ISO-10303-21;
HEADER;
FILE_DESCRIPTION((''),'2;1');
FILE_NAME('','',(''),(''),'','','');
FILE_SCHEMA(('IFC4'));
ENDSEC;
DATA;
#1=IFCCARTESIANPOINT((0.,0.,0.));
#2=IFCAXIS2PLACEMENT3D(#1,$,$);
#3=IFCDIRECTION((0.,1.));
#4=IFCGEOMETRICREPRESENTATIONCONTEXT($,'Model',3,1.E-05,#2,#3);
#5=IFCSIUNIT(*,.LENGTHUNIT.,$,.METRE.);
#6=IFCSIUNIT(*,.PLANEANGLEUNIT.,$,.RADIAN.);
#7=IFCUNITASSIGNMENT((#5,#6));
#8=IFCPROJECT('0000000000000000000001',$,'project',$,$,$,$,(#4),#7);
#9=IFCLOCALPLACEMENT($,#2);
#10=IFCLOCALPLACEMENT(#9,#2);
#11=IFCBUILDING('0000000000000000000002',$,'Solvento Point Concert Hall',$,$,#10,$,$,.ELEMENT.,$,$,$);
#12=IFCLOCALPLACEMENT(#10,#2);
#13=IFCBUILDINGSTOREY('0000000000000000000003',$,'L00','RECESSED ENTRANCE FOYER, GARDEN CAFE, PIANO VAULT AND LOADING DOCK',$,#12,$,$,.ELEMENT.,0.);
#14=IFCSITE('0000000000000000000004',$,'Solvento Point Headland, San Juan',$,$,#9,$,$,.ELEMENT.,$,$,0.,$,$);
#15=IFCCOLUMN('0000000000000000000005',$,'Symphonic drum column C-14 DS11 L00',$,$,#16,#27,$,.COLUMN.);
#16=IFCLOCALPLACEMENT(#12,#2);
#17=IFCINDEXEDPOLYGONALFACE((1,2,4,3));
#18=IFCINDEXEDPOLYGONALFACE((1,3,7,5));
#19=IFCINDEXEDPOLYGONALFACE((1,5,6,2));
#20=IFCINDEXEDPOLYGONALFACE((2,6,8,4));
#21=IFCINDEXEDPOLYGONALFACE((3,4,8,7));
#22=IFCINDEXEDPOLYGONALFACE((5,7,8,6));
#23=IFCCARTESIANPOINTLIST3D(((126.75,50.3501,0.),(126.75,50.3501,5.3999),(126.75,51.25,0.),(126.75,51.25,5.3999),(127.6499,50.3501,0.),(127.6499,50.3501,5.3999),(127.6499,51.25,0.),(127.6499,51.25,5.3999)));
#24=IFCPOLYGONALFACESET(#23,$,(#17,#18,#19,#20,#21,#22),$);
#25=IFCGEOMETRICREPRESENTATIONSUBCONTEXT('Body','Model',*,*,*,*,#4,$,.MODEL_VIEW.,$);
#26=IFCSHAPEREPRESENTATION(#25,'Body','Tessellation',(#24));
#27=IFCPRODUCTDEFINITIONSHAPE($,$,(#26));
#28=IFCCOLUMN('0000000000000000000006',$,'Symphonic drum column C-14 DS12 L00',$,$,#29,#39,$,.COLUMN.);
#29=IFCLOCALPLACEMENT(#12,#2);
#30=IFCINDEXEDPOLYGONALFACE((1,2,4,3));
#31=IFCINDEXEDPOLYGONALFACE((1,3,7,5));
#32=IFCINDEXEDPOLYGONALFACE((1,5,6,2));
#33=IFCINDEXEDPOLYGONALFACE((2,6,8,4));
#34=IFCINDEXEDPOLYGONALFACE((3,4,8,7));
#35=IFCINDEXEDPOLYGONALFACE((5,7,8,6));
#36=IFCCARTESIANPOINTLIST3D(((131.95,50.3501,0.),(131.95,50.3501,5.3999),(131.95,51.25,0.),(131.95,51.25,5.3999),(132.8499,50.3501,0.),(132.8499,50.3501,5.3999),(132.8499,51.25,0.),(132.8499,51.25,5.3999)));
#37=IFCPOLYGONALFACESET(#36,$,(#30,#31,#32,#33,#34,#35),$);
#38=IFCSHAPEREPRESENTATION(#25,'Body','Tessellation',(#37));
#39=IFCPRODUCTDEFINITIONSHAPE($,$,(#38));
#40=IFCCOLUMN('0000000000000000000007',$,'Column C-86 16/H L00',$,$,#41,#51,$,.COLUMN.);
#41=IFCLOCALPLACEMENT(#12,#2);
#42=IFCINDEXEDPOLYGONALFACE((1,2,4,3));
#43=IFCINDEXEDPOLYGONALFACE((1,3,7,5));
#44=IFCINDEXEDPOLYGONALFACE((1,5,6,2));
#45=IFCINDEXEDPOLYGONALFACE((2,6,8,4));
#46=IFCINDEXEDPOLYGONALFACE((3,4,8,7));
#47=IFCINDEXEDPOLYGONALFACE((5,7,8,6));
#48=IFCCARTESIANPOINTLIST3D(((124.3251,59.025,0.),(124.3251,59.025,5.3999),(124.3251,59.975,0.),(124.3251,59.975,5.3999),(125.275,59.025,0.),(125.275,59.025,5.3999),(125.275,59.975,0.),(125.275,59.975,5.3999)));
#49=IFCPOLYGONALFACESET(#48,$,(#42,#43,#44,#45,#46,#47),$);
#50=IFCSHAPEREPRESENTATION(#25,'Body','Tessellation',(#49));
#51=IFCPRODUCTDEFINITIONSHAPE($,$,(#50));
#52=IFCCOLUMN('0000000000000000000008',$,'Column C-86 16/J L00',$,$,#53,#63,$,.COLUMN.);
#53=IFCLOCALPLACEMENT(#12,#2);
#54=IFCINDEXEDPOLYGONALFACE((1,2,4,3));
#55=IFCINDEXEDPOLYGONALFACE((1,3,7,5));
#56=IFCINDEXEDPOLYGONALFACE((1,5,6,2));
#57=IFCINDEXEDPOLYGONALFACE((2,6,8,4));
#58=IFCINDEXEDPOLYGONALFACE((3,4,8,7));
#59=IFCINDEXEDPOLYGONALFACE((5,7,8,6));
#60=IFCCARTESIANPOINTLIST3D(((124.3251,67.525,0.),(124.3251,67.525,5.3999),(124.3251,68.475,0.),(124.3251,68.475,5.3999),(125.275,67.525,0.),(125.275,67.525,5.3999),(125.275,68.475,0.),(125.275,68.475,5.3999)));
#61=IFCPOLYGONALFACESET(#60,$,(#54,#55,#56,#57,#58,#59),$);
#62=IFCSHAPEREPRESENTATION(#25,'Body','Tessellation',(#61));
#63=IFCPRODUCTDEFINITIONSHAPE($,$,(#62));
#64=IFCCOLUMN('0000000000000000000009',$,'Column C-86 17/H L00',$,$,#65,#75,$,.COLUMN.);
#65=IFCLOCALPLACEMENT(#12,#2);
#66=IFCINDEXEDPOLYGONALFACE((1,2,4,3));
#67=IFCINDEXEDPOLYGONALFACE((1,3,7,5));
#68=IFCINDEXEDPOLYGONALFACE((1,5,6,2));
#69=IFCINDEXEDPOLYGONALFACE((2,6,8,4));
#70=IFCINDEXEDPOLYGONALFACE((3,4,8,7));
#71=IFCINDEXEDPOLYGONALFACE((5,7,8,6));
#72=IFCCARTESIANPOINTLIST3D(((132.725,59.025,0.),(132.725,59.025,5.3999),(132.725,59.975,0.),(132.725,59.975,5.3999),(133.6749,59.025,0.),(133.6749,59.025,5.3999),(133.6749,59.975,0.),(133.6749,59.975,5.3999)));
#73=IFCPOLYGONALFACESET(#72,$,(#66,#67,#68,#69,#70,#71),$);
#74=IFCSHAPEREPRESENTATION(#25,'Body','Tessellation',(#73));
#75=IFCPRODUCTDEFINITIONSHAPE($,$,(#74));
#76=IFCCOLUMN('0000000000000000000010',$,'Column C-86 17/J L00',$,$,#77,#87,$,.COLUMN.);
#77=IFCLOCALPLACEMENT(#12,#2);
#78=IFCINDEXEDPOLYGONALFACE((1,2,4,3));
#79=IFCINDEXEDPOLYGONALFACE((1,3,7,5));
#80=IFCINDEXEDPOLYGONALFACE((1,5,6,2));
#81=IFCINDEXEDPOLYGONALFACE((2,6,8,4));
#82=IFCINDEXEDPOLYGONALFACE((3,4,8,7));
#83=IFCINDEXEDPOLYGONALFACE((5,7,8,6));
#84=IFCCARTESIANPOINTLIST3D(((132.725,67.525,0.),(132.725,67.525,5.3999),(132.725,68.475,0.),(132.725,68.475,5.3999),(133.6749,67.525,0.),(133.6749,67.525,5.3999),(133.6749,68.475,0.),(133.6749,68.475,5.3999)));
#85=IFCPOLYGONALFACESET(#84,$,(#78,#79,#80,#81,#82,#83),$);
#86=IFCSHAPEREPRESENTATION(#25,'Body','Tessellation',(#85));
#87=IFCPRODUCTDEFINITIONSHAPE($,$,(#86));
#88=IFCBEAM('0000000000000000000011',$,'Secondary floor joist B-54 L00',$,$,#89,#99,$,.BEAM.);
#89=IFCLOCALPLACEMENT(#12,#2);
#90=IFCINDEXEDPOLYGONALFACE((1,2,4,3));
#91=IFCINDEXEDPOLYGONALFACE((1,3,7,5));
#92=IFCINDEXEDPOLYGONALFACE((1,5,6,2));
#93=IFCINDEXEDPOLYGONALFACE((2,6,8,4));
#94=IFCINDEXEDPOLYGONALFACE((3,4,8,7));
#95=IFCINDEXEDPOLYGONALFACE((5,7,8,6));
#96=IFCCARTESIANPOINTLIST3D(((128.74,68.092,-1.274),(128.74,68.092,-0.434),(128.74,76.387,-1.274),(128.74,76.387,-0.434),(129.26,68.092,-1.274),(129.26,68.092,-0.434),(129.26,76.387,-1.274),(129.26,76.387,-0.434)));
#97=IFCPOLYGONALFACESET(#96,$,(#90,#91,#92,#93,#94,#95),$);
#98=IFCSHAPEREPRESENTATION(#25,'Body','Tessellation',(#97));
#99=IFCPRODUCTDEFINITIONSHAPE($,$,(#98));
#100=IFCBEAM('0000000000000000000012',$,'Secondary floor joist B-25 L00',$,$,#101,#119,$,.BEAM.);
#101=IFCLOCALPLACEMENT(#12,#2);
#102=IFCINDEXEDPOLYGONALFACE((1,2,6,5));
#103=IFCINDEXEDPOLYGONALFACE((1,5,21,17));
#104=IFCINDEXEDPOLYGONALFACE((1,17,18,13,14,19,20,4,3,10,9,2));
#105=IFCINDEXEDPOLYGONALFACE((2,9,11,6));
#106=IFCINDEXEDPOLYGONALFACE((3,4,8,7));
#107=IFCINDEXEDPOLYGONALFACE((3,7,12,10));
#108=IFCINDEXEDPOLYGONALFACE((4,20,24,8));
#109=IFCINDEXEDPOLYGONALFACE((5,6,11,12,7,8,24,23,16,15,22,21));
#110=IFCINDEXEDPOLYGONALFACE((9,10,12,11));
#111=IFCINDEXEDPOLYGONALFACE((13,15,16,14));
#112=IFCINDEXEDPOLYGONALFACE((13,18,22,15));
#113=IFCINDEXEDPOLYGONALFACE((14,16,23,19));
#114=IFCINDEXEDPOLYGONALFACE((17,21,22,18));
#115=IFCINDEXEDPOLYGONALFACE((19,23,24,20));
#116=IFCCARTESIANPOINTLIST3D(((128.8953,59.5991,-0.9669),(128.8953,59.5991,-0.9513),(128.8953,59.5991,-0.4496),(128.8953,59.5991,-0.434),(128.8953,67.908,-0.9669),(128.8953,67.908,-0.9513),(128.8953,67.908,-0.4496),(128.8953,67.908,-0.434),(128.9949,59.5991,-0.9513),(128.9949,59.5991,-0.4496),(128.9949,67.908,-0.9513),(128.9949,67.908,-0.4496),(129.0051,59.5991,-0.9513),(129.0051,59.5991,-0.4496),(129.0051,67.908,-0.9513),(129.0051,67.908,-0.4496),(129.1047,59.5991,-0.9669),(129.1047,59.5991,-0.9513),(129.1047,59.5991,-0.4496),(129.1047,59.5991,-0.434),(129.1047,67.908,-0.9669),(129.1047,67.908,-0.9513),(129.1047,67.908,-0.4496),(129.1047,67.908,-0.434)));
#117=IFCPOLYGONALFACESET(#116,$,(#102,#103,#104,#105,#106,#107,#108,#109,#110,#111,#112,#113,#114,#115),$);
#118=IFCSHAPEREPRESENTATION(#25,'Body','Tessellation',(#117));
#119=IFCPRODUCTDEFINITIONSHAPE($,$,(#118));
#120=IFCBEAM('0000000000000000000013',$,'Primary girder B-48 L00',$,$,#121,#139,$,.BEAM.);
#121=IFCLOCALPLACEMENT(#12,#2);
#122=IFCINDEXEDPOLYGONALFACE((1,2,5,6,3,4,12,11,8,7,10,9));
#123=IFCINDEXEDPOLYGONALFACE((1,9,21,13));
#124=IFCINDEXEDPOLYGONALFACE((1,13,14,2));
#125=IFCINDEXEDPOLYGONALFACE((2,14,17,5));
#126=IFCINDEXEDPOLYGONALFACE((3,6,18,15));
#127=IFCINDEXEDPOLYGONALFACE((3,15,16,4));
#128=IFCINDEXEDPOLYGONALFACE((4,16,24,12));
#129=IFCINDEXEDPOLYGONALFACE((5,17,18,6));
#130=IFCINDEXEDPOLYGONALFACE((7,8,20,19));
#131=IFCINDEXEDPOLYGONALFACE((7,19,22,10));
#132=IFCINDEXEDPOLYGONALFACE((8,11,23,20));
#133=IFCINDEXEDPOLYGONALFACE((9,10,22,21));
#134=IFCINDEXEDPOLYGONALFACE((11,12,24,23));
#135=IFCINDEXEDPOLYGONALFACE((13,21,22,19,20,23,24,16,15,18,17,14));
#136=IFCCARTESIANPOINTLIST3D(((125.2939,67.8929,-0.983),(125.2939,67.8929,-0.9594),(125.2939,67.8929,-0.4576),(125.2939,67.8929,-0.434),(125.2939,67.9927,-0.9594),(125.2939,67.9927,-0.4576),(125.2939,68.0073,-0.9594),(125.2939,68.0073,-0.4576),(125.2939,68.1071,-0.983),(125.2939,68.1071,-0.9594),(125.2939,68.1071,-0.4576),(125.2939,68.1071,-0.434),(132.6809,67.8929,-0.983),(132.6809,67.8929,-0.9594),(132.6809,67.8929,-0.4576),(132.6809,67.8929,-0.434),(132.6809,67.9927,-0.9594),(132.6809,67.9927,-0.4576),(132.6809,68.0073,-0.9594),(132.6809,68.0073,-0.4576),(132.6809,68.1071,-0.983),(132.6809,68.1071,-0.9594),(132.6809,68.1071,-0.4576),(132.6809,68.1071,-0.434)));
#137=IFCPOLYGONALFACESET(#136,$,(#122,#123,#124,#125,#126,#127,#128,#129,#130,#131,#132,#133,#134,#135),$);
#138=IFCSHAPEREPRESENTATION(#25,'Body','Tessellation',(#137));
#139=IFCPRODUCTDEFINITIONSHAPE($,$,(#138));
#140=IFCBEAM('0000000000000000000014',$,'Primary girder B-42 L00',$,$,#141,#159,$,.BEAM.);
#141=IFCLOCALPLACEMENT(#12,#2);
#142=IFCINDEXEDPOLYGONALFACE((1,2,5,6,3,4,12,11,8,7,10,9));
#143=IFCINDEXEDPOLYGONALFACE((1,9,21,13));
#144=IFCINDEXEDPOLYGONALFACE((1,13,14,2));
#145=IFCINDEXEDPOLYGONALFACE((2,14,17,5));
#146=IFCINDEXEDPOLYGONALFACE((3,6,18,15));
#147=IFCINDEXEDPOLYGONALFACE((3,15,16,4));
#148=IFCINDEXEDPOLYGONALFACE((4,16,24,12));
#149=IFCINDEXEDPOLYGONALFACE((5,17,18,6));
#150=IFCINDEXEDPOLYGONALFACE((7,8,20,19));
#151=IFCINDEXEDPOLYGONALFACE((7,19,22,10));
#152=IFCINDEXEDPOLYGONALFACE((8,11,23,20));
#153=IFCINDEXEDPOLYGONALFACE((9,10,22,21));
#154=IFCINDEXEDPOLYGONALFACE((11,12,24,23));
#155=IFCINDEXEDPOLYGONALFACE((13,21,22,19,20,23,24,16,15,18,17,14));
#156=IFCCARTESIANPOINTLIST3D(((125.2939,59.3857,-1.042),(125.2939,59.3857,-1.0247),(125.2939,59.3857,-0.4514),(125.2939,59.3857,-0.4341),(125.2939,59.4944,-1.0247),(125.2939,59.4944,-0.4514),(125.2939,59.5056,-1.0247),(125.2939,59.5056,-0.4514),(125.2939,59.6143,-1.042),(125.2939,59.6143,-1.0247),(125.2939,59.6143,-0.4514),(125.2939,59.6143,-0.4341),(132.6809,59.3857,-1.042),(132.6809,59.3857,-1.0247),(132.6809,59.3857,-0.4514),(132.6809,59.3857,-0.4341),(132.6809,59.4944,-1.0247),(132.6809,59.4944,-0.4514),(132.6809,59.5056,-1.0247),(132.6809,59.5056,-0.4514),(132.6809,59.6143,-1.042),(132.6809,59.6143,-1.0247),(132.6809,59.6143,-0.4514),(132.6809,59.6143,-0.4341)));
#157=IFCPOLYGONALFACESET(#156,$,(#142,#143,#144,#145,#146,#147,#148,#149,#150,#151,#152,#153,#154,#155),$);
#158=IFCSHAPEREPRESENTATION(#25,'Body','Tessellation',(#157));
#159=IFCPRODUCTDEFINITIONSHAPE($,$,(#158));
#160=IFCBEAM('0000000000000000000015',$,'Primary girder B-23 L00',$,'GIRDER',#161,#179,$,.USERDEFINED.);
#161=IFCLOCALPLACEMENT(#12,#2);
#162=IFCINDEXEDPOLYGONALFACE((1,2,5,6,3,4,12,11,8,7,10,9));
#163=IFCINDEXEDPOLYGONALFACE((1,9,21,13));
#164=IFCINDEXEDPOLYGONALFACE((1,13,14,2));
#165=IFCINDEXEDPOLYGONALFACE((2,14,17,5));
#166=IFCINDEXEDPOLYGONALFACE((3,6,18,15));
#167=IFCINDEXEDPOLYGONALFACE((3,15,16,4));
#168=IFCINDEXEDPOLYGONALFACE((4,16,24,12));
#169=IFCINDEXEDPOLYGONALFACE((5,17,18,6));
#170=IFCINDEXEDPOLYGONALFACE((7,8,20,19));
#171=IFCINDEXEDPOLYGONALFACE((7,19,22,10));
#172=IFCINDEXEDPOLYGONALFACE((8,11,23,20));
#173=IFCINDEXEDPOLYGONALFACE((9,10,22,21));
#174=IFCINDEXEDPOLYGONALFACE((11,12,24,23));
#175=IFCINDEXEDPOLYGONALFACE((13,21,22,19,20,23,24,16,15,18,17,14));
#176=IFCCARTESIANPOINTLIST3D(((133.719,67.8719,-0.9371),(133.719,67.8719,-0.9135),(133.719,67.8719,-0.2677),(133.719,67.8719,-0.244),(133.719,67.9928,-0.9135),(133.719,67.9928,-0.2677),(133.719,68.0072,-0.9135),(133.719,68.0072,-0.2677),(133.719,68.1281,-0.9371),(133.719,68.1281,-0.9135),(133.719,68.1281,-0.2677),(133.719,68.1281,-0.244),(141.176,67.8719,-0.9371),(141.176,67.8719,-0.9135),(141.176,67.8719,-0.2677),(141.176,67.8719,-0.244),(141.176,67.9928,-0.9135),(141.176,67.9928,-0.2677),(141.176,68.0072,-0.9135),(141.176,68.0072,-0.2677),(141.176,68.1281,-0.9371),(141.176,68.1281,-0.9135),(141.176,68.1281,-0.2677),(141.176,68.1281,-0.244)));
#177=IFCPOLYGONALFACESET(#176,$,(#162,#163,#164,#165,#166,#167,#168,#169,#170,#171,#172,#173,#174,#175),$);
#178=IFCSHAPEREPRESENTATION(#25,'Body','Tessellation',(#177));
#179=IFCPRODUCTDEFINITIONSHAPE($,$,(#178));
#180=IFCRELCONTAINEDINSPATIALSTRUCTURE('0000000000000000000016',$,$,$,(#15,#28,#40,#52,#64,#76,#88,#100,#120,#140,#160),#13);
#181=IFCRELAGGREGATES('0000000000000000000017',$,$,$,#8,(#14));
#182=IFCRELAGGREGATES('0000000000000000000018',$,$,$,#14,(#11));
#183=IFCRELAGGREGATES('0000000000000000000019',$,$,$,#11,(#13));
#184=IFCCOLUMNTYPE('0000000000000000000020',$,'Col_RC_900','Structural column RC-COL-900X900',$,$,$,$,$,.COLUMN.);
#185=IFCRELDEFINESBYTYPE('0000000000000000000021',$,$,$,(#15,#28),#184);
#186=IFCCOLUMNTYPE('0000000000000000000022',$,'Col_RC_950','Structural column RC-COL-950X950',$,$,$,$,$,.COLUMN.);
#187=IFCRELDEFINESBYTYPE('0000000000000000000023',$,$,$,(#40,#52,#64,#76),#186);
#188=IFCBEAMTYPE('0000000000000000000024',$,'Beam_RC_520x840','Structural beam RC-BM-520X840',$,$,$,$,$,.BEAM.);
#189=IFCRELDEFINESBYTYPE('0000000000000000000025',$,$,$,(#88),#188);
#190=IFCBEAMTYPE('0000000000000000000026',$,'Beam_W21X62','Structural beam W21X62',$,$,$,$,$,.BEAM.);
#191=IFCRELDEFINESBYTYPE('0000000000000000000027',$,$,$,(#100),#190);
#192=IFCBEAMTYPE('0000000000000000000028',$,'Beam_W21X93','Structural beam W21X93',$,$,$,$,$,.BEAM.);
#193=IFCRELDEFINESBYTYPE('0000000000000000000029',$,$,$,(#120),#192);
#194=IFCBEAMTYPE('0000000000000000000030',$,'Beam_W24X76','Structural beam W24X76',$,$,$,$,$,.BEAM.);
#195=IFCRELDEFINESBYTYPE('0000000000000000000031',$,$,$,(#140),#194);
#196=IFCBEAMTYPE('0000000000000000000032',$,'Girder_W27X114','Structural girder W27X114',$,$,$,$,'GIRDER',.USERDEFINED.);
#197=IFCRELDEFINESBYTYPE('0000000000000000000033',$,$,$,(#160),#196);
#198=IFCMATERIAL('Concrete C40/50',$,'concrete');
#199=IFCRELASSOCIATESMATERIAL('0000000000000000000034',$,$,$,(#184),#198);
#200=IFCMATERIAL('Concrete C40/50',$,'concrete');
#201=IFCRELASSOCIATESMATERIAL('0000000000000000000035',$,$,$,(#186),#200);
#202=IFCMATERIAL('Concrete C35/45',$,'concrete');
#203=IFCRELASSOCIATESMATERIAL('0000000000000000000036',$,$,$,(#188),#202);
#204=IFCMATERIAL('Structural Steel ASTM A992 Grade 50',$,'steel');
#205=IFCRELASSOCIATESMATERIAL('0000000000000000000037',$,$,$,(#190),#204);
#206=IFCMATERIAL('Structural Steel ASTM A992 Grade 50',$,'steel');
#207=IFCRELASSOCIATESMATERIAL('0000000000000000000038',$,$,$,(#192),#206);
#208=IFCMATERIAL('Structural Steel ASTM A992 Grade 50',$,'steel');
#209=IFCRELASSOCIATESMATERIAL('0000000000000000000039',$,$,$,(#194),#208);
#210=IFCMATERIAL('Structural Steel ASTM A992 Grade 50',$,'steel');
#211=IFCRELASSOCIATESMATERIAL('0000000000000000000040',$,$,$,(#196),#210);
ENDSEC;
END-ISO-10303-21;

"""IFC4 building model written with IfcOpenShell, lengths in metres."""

from ifc_helpers import new_model, si_unit, direction, frame, origin, origin_2d, place, context, subcontext, project, spatial, rectangle, i_section, extrude, material, material_profile, profile_set, type_object, element, save


model = new_model("IFC4")

# Units and contexts
model_context = context("Model", 3, precision=1e-05, world=origin(), true_north=direction((0.0, 1.0)))
body_context = subcontext(model_context, "Body", "Model", "MODEL_VIEW")
ifc_project = project(units=[si_unit("LENGTHUNIT", "METRE"), si_unit("PLANEANGLEUNIT", "RADIAN")], contexts=[model_context])

# Site, building, storey
site_placement = place(None, origin())
site = spatial("IfcSite", under=ifc_project, at=site_placement, Name="Solvento Point Headland, San Juan", CompositionType="ELEMENT", RefElevation=0.0)
building_placement = place(site_placement, origin())
building = spatial("IfcBuilding", under=site, at=building_placement, Name="Solvento Point Concert Hall", CompositionType="ELEMENT")
storey_placement = place(building_placement, origin())
storey = spatial("IfcBuildingStorey", under=building, at=storey_placement, Name="L00", Description="RECESSED ENTRANCE FOYER, GARDEN CAFE, PIANO VAULT AND LOADING DOCK", CompositionType="ELEMENT", Elevation=0.0)

# Columns
ifc_material_1 = material(Name="Concrete C40/50", Category="concrete")
ifc_material_profile_1 = material_profile(ifc_material_1, rectangle(XDim=0.8999, YDim=0.8999, at=origin_2d()), Name="RC-COL-900X900")
ifc_profile_set_1 = profile_set([ifc_material_profile_1], Name="Concrete C40/50")
column_type_1 = type_object("IfcColumnType", Name="Col_RC_900", Description="Structural column RC-COL-900X900", PredefinedType="COLUMN", material=ifc_profile_set_1)
for number, where, z_axis, x_axis, name in (
    (1, (127.2, 50.8, 0.0), (0.0, 0.0, 1.0), (1.0, 0.0, 0.0), "Symphonic drum column C-14 DS11 L00"),
    (2, (132.3999, 50.8, 0.0), (0.0, 0.0, 1.0), (1.0, 0.0, 0.0), "Symphonic drum column C-14 DS12 L00"),
):
    element("IfcColumn", number, at=place(storey_placement, frame(where, z_axis=z_axis, x_axis=x_axis)), inside=storey, type_object=column_type_1, Name=name, PredefinedType="COLUMN", context=body_context, shape_type="SweptSolid", body=[
        extrude(rectangle(XDim=0.8999, YDim=0.8999, at=origin_2d()), origin(), (0.0, 0.0, 1.0), 5.3999),
    ])
ifc_material_2 = material(Name="Concrete C40/50", Category="concrete")
ifc_material_profile_2 = material_profile(ifc_material_2, rectangle(XDim=0.95, YDim=0.95, at=origin_2d()), Name="RC-COL-950X950")
ifc_profile_set_2 = profile_set([ifc_material_profile_2], Name="Concrete C40/50")
column_type_2 = type_object("IfcColumnType", Name="Col_RC_950", Description="Structural column RC-COL-950X950", PredefinedType="COLUMN", material=ifc_profile_set_2)
for number, where, z_axis, x_axis, name in (
    (3, (124.8, 59.5, 0.0), (0.0, 0.0, 1.0), (1.0, 0.0, 0.0), "Column C-86 16/H L00"),
    (4, (124.8, 68.0, 0.0), (0.0, 0.0, 1.0), (1.0, 0.0, 0.0), "Column C-86 16/J L00"),
    (5, (133.2, 59.5, 0.0), (0.0, 0.0, 1.0), (1.0, 0.0, 0.0), "Column C-86 17/H L00"),
    (6, (133.2, 68.0, 0.0), (0.0, 0.0, 1.0), (1.0, 0.0, 0.0), "Column C-86 17/J L00"),
):
    element("IfcColumn", number, at=place(storey_placement, frame(where, z_axis=z_axis, x_axis=x_axis)), inside=storey, type_object=column_type_2, Name=name, PredefinedType="COLUMN", context=body_context, shape_type="SweptSolid", body=[
        extrude(rectangle(XDim=0.95, YDim=0.95, at=origin_2d()), origin(), (0.0, 0.0, 1.0), 5.3999),
    ])

# Beams
ifc_material_3 = material(Name="Concrete C35/45", Category="concrete")
ifc_material_profile_3 = material_profile(ifc_material_3, rectangle(XDim=0.52, YDim=0.8401, at=origin_2d()), Name="RC-BM-520X840")
ifc_profile_set_3 = profile_set([ifc_material_profile_3], Name="Concrete C35/45")
beam_type_1 = type_object("IfcBeamType", Name="Beam_RC_520x840", Description="Structural beam RC-BM-520X840", PredefinedType="BEAM", material=ifc_profile_set_3)
beam_1_placement = place(storey_placement, frame((129.0, 68.092, -0.854), z_axis=(0.0, 1.0, 0.0), x_axis=(-1.0, 0.0, 0.0)))
element("IfcBeam", 7, at=beam_1_placement, inside=storey, type_object=beam_type_1, Name="Secondary floor joist B-54 L00", PredefinedType="BEAM", context=body_context, shape_type="SweptSolid", body=[
    extrude(rectangle(XDim=0.52, YDim=0.8401, at=origin_2d()), origin(), (0.0, 0.0, 1.0), 8.2949),
])
ifc_material_4 = material(Name="Structural Steel ASTM A992 Grade 50", Category="steel")
ifc_material_profile_4 = material_profile(ifc_material_4, i_section(OverallWidth=0.2095, OverallDepth=0.533, WebThickness=0.0103, FlangeThickness=0.0156, at=origin_2d()), Name="W21X62")
ifc_profile_set_4 = profile_set([ifc_material_profile_4], Name="Structural Steel ASTM A992 Grade 50")
beam_type_2 = type_object("IfcBeamType", Name="Beam_W21X62", Description="Structural beam W21X62", PredefinedType="BEAM", material=ifc_profile_set_4)
beam_2_placement = place(storey_placement, frame((129.0, 59.5991, -0.7004), z_axis=(0.0, 1.0, 0.0), x_axis=(-1.0, 0.0, 0.0)))
element("IfcBeam", 8, at=beam_2_placement, inside=storey, type_object=beam_type_2, Name="Secondary floor joist B-25 L00", PredefinedType="BEAM", context=body_context, shape_type="SweptSolid", body=[
    extrude(i_section(OverallWidth=0.2095, OverallDepth=0.533, WebThickness=0.0103, FlangeThickness=0.0156, at=origin_2d()), origin(), (0.0, 0.0, 1.0), 8.3088),
])
ifc_material_5 = material(Name="Structural Steel ASTM A992 Grade 50", Category="steel")
ifc_material_profile_5 = material_profile(ifc_material_5, i_section(OverallWidth=0.2141, OverallDepth=0.5491, WebThickness=0.0146, FlangeThickness=0.0237, at=origin_2d()), Name="W21X93")
ifc_profile_set_5 = profile_set([ifc_material_profile_5], Name="Structural Steel ASTM A992 Grade 50")
beam_type_3 = type_object("IfcBeamType", Name="Beam_W21X93", Description="Structural beam W21X93", PredefinedType="BEAM", material=ifc_profile_set_5)
beam_3_placement = place(storey_placement, frame((125.2939, 68.0, -0.7085), z_axis=(1.0, 0.0, 0.0), x_axis=(0.0, 1.0, 0.0)))
element("IfcBeam", 9, at=beam_3_placement, inside=storey, type_object=beam_type_3, Name="Primary girder B-48 L00", PredefinedType="BEAM", context=body_context, shape_type="SweptSolid", body=[
    extrude(i_section(OverallWidth=0.2141, OverallDepth=0.5491, WebThickness=0.0146, FlangeThickness=0.0237, at=origin_2d()), origin(), (0.0, 0.0, 1.0), 7.387),
])
ifc_material_6 = material(Name="Structural Steel ASTM A992 Grade 50", Category="steel")
ifc_material_profile_6 = material_profile(ifc_material_6, i_section(OverallWidth=0.2285, OverallDepth=0.6079, WebThickness=0.0112, FlangeThickness=0.0173, at=origin_2d()), Name="W24X76")
ifc_profile_set_6 = profile_set([ifc_material_profile_6], Name="Structural Steel ASTM A992 Grade 50")
beam_type_4 = type_object("IfcBeamType", Name="Beam_W24X76", Description="Structural beam W24X76", PredefinedType="BEAM", material=ifc_profile_set_6)
beam_4_placement = place(storey_placement, frame((125.2939, 59.5, -0.738), z_axis=(1.0, 0.0, 0.0), x_axis=(0.0, 1.0, 0.0)))
element("IfcBeam", 10, at=beam_4_placement, inside=storey, type_object=beam_type_4, Name="Primary girder B-42 L00", PredefinedType="BEAM", context=body_context, shape_type="SweptSolid", body=[
    extrude(i_section(OverallWidth=0.2285, OverallDepth=0.6079, WebThickness=0.0112, FlangeThickness=0.0173, at=origin_2d()), origin(), (0.0, 0.0, 1.0), 7.387),
])
ifc_material_7 = material(Name="Structural Steel ASTM A992 Grade 50", Category="steel")
ifc_material_profile_7 = material_profile(ifc_material_7, i_section(OverallWidth=0.2561, OverallDepth=0.6931, WebThickness=0.0144, FlangeThickness=0.0237, at=origin_2d()), Name="W27X114")
ifc_profile_set_7 = profile_set([ifc_material_profile_7], Name="Structural Steel ASTM A992 Grade 50")
beam_type_5 = type_object("IfcBeamType", Name="Girder_W27X114", Description="Structural girder W27X114", ElementType="GIRDER", PredefinedType="USERDEFINED", material=ifc_profile_set_7)
beam_5_placement = place(storey_placement, frame((133.719, 68.0, -0.5906), z_axis=(1.0, 0.0, 0.0), x_axis=(0.0, 1.0, 0.0)))
element("IfcBeam", 11, at=beam_5_placement, inside=storey, type_object=beam_type_5, Name="Primary girder B-23 L00", ObjectType="GIRDER", PredefinedType="USERDEFINED", context=body_context, shape_type="SweptSolid", body=[
    extrude(i_section(OverallWidth=0.2561, OverallDepth=0.6931, WebThickness=0.0144, FlangeThickness=0.0237, at=origin_2d()), origin(), (0.0, 0.0, 1.0), 7.457),
])

save(model, "model.ifc")
